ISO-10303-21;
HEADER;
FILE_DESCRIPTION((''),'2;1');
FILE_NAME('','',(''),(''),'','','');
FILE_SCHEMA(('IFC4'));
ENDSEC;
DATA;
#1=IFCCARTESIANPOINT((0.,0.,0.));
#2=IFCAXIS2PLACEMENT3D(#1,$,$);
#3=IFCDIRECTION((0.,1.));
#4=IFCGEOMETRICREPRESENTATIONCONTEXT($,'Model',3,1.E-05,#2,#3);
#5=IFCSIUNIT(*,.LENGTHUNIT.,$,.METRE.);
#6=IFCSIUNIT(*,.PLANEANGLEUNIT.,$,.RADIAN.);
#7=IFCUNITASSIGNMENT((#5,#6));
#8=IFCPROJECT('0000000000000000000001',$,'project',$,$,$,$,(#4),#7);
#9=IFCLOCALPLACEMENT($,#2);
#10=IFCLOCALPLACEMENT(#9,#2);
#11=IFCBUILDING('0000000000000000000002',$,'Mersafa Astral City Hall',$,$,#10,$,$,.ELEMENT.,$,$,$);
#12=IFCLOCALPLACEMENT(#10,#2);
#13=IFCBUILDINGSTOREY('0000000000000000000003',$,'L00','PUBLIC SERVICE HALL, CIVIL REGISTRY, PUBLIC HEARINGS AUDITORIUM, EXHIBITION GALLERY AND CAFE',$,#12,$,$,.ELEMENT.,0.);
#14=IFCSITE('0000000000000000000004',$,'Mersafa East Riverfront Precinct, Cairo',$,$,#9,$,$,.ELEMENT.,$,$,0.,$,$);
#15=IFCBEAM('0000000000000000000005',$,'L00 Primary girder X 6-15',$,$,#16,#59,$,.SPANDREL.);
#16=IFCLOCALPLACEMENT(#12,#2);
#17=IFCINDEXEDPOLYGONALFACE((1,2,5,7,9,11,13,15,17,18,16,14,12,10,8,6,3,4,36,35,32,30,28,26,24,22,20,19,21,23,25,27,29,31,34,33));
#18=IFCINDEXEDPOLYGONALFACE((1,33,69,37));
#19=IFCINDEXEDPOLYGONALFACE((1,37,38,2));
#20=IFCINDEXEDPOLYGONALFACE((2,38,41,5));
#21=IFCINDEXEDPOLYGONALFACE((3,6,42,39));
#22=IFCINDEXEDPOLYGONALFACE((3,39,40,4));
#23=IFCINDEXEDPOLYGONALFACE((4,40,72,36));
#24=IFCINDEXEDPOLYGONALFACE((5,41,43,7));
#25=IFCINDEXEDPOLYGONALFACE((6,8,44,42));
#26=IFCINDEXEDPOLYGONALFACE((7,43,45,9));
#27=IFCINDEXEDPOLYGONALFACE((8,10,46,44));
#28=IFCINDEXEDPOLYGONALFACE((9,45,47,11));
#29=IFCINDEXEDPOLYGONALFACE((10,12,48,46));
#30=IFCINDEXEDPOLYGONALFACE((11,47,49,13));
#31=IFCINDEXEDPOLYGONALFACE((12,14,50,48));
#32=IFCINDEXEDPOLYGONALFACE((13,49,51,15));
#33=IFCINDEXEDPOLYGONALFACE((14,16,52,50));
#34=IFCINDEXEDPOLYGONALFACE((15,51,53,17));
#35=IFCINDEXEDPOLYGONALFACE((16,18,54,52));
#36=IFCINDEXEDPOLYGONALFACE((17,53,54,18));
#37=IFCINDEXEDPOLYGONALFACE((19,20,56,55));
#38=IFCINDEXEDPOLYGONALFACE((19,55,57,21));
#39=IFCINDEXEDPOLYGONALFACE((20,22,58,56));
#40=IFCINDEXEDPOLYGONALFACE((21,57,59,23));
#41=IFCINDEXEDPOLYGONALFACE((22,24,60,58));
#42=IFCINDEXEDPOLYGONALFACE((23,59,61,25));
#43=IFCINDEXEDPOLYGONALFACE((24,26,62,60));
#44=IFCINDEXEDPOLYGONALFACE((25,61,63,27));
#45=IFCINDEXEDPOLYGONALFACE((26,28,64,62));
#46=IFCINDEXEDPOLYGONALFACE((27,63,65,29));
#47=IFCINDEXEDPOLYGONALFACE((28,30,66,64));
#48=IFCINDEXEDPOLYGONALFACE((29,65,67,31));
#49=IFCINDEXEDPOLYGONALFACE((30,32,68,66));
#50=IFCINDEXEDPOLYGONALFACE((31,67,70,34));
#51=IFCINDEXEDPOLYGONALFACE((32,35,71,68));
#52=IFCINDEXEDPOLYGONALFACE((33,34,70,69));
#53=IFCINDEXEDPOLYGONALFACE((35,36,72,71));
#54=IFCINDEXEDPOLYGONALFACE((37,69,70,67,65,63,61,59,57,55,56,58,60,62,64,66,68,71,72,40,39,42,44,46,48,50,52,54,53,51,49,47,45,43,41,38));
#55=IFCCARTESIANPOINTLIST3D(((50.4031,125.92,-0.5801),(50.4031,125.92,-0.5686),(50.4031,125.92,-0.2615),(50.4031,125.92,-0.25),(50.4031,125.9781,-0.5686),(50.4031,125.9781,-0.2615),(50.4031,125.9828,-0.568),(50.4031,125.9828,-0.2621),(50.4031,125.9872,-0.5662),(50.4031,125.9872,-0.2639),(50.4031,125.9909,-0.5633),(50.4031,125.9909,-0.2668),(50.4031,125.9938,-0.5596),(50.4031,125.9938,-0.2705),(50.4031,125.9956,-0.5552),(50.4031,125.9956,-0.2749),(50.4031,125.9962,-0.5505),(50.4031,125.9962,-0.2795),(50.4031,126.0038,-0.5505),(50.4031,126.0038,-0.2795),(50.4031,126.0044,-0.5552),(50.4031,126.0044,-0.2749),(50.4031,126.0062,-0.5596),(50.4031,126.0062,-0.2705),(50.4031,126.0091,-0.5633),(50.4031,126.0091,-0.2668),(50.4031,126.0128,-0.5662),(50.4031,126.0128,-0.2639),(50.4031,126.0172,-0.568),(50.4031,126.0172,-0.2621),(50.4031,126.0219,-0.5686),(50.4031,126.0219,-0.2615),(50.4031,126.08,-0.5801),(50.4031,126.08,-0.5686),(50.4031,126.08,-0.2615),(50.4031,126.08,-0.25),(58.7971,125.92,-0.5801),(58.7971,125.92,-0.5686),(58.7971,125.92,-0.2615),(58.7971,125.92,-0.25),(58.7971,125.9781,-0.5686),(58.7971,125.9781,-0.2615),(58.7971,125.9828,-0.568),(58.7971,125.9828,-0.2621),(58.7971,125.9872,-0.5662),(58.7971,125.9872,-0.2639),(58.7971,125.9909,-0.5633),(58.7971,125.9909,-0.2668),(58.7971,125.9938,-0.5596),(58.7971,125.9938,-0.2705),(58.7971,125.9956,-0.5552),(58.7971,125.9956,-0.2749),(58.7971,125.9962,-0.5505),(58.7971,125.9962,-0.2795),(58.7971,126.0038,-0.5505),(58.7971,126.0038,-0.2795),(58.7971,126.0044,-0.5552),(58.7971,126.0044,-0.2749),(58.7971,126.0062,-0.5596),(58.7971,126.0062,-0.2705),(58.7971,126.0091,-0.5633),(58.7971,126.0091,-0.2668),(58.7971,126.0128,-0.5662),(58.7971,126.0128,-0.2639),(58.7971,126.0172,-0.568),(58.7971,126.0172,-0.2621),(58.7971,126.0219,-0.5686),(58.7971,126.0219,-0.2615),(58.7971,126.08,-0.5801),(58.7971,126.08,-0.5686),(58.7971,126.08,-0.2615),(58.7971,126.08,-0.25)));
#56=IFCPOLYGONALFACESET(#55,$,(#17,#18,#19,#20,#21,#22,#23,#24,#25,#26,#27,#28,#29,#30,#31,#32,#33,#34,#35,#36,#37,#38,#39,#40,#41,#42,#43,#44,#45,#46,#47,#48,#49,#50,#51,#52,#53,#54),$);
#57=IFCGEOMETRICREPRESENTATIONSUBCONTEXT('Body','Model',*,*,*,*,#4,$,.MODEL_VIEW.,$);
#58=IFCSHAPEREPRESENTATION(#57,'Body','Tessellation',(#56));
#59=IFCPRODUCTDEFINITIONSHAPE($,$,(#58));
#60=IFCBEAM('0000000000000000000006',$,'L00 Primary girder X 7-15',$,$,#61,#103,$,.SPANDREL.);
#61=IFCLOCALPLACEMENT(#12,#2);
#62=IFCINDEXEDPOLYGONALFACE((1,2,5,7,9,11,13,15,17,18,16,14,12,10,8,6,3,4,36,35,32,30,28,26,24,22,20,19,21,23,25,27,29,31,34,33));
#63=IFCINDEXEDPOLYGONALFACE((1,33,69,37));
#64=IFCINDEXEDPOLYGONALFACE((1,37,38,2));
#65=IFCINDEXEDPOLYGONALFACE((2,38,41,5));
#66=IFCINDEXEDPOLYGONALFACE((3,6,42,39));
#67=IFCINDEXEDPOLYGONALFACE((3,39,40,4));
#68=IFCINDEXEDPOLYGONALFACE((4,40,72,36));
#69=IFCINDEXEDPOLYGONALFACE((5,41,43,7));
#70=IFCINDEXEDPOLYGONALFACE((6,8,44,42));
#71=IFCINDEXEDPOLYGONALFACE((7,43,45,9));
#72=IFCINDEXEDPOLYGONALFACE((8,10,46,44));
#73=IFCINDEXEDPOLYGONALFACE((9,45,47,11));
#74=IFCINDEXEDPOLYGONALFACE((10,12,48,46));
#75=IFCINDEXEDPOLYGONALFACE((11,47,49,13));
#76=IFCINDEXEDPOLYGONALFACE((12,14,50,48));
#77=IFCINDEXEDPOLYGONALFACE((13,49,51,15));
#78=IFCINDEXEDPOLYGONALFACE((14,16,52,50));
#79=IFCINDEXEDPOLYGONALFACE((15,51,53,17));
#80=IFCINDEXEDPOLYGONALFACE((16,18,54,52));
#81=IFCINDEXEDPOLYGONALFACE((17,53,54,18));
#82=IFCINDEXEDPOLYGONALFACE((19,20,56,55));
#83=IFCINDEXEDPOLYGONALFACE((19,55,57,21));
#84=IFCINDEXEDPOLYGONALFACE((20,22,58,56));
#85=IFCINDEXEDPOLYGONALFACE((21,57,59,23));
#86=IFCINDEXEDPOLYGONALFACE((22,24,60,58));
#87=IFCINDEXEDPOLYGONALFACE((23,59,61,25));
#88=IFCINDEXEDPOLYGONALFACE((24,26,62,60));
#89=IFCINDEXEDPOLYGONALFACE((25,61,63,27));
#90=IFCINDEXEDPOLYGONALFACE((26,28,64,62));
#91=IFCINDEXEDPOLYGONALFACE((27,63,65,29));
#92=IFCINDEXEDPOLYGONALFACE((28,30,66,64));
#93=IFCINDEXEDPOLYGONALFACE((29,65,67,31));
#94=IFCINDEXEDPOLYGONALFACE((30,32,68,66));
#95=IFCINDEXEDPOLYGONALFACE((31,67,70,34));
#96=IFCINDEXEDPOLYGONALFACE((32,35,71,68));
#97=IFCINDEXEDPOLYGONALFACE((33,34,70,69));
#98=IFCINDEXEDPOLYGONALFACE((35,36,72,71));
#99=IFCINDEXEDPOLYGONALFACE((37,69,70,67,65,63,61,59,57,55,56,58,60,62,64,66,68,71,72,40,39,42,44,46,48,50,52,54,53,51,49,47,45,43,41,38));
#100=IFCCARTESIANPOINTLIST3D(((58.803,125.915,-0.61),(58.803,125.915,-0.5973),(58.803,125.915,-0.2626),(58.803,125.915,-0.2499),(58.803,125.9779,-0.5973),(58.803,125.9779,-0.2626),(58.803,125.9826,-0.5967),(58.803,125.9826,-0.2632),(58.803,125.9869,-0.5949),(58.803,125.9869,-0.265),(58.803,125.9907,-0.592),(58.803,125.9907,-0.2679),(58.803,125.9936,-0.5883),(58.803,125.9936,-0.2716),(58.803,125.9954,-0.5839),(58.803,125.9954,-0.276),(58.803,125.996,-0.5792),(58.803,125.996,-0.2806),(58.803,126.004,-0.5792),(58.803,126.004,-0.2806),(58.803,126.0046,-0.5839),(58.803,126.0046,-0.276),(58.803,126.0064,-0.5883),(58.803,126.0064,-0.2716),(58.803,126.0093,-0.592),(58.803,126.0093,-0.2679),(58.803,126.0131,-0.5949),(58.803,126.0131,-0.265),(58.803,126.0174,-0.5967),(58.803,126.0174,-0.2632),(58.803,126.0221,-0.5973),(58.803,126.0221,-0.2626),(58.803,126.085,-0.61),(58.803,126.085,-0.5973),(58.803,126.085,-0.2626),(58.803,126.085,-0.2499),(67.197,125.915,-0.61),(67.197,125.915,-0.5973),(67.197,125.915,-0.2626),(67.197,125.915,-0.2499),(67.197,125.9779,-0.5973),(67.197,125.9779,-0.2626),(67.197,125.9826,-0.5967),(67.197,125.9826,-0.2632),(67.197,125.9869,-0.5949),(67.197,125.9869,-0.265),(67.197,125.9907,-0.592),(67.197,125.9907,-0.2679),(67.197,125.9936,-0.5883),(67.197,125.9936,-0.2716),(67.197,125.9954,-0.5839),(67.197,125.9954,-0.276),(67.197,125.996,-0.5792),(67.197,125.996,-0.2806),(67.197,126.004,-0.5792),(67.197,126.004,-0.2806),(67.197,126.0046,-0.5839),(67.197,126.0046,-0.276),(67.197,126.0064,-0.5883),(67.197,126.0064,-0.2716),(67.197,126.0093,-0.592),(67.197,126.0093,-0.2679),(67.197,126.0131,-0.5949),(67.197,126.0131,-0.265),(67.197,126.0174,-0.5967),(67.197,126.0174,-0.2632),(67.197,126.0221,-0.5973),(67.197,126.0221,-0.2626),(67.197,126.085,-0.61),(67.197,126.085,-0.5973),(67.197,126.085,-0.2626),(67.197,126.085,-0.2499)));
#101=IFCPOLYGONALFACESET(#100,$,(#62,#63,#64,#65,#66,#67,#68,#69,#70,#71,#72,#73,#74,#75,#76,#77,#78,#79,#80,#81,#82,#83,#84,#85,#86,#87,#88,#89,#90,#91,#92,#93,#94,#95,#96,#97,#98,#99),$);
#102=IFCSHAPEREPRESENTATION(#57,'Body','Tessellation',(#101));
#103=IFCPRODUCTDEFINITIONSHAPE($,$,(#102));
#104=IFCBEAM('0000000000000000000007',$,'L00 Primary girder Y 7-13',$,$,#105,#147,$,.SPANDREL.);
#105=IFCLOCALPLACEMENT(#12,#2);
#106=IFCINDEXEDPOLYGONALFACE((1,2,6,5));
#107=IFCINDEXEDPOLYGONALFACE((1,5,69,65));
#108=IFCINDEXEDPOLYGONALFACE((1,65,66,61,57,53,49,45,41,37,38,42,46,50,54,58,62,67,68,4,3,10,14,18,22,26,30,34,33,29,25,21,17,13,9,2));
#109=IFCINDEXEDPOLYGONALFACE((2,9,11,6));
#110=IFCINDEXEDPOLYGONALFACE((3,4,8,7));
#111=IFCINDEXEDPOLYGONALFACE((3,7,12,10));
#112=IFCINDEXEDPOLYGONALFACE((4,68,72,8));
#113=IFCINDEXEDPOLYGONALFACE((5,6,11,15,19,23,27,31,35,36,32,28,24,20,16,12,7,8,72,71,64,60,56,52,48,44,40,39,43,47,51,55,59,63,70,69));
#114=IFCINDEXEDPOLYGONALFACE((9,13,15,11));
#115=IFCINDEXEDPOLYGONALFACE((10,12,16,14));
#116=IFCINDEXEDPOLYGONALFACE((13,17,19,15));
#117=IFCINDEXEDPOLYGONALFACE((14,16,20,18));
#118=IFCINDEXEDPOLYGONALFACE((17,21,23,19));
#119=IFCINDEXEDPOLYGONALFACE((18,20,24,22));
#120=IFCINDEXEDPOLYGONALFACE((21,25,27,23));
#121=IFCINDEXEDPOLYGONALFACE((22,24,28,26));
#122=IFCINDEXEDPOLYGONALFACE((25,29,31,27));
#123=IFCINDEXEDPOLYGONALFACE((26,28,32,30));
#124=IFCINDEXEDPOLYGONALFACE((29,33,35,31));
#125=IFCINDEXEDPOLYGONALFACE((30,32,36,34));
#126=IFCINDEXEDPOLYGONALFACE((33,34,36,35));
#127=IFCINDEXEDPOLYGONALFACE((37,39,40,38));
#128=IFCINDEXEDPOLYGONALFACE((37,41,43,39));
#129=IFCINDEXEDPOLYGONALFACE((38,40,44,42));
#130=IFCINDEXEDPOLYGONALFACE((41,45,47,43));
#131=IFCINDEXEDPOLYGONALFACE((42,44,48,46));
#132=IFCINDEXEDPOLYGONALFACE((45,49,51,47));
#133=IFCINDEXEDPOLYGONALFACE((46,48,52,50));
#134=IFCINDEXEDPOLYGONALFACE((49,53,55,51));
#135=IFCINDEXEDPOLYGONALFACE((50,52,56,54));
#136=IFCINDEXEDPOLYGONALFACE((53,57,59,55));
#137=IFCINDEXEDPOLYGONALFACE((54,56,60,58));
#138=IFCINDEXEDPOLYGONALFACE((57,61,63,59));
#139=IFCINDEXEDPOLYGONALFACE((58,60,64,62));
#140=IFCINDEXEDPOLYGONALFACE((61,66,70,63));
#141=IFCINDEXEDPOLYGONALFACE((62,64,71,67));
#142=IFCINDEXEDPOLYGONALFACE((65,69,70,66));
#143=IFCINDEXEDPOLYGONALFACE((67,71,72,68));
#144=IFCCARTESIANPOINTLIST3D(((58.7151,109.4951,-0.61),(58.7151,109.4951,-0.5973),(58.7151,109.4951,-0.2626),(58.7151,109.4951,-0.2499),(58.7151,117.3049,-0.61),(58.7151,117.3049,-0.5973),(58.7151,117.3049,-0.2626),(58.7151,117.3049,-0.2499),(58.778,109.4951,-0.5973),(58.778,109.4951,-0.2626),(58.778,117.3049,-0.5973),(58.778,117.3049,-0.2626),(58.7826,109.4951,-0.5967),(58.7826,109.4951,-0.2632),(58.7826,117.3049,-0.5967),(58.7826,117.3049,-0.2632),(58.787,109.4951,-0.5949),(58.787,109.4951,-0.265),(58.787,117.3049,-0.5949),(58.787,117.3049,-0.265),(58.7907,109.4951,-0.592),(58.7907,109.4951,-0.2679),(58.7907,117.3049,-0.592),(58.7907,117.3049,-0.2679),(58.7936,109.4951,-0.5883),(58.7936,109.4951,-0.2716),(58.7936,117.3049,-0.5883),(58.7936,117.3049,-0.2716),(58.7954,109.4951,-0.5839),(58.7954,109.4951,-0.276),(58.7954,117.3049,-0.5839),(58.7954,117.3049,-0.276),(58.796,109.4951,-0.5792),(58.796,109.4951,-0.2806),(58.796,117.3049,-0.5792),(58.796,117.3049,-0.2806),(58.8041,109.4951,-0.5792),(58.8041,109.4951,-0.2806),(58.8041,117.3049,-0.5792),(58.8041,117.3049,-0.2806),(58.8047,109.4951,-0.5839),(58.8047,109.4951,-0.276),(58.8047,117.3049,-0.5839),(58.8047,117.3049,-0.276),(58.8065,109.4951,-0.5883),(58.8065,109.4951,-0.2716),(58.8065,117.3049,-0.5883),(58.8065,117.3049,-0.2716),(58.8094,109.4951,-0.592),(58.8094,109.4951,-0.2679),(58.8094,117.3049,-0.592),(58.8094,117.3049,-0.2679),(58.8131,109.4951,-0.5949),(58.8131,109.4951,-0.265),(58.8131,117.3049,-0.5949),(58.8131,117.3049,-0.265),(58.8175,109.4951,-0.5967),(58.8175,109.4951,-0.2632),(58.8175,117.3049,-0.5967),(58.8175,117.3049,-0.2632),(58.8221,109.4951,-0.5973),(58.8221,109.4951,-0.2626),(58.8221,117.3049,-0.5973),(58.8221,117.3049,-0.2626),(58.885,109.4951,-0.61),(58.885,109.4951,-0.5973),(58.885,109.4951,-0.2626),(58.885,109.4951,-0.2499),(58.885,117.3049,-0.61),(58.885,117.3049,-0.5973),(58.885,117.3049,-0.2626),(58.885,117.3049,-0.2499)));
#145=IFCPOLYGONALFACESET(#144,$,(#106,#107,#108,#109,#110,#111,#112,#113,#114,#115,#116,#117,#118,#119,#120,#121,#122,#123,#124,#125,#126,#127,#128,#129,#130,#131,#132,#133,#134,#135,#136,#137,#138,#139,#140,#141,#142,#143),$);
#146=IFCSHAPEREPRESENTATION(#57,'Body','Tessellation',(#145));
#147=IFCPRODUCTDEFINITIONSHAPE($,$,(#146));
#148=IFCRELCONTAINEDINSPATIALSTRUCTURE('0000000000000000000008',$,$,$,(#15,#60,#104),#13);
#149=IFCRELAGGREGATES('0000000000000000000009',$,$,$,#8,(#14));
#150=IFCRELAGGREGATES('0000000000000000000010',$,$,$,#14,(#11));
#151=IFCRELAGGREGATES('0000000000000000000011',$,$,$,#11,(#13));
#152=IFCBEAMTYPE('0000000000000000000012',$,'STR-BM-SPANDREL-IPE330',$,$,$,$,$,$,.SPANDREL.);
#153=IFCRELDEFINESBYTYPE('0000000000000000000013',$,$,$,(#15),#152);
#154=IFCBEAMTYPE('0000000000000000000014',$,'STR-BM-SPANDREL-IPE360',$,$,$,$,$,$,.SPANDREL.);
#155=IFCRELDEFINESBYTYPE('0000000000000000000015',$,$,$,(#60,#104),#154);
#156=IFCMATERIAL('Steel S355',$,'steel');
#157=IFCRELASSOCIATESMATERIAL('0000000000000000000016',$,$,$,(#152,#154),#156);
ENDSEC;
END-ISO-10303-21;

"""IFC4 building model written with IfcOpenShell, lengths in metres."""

from ifc_helpers import new_model, si_unit, direction, frame, origin, origin_2d, place, context, subcontext, project, spatial, i_section, extrude, material, material_profile, profile_set, type_object, element, save


model = new_model("IFC4")

# Units and contexts
model_context = context("Model", 3, precision=1e-05, world=origin(), true_north=direction((0.0, 1.0)))
body_context = subcontext(model_context, "Body", "Model", "MODEL_VIEW")
ifc_project = project(units=[si_unit("LENGTHUNIT", "METRE"), si_unit("PLANEANGLEUNIT", "RADIAN")], contexts=[model_context])

# Site, building, storey
site_placement = place(None, origin())
site = spatial("IfcSite", under=ifc_project, at=site_placement, Name="Mersafa East Riverfront Precinct, Cairo", CompositionType="ELEMENT", RefElevation=0.0)
building_placement = place(site_placement, origin())
building = spatial("IfcBuilding", under=site, at=building_placement, Name="Mersafa Astral City Hall", CompositionType="ELEMENT")
storey_placement = place(building_placement, origin())
storey = spatial("IfcBuildingStorey", under=building, at=storey_placement, Name="L00", Description="PUBLIC SERVICE HALL, CIVIL REGISTRY, PUBLIC HEARINGS AUDITORIUM, EXHIBITION GALLERY AND CAFE", CompositionType="ELEMENT", Elevation=0.0)

# Shared definitions
ifc_material_1 = material(Name="Steel S355", Category="steel")

# Beams
ifc_material_profile_1 = material_profile(ifc_material_1, i_section(OverallWidth=0.1599, OverallDepth=0.3301, WebThickness=0.0076, FlangeThickness=0.0115, FilletRadius=0.0181, at=origin_2d()), Name="IPE 330")
ifc_profile_set_1 = profile_set([ifc_material_profile_1], Name="Steel S355")
beam_type_1 = type_object("IfcBeamType", Name="STR-BM-SPANDREL-IPE330", PredefinedType="SPANDREL", material=ifc_profile_set_1)
for number, where, z_axis, x_axis, name in (
    (1, (50.4031, 126.0, -0.415), (1.0, 0.0, 0.0), (0.0, 1.0, 0.0), "L00 Primary girder X 6-15"),
):
    element("IfcBeam", number, at=place(storey_placement, frame(where, z_axis=z_axis, x_axis=x_axis)), inside=storey, type_object=beam_type_1, Name=name, PredefinedType="SPANDREL", context=body_context, shape_type="SweptSolid", body=[
        extrude(i_section(OverallWidth=0.1599, OverallDepth=0.3301, WebThickness=0.0076, FlangeThickness=0.0115, FilletRadius=0.0181, at=origin_2d()), origin(), (0.0, 0.0, 1.0), 8.394),
    ])
ifc_material_profile_2 = material_profile(ifc_material_1, i_section(OverallWidth=0.1699, OverallDepth=0.3601, WebThickness=0.0081, FlangeThickness=0.0127, FilletRadius=0.0181, at=origin_2d()), Name="IPE 360")
ifc_profile_set_2 = profile_set([ifc_material_profile_2], Name="Steel S355")
beam_type_2 = type_object("IfcBeamType", Name="STR-BM-SPANDREL-IPE360", PredefinedType="SPANDREL", material=ifc_profile_set_2)
beam_1_placement = place(storey_placement, frame((58.803, 126.0, -0.4299), z_axis=(1.0, 0.0, 0.0), x_axis=(0.0, 1.0, 0.0)))
element("IfcBeam", 2, at=beam_1_placement, inside=storey, type_object=beam_type_2, Name="L00 Primary girder X 7-15", PredefinedType="SPANDREL", context=body_context, shape_type="SweptSolid", body=[
    extrude(i_section(OverallWidth=0.1699, OverallDepth=0.3601, WebThickness=0.0081, FlangeThickness=0.0127, FilletRadius=0.0181, at=origin_2d()), origin(), (0.0, 0.0, 1.0), 8.394),
])
beam_2_placement = place(storey_placement, frame((58.8, 109.4951, -0.4299), z_axis=(0.0, 1.0, 0.0), x_axis=(-1.0, 0.0, 0.0)))
element("IfcBeam", 3, at=beam_2_placement, inside=storey, type_object=beam_type_2, Name="L00 Primary girder Y 7-13", PredefinedType="SPANDREL", context=body_context, shape_type="SweptSolid", body=[
    extrude(i_section(OverallWidth=0.1699, OverallDepth=0.3601, WebThickness=0.0081, FlangeThickness=0.0127, FilletRadius=0.0181, at=origin_2d()), origin(), (0.0, 0.0, 1.0), 7.8098),
])

save(model, "model.ifc")
